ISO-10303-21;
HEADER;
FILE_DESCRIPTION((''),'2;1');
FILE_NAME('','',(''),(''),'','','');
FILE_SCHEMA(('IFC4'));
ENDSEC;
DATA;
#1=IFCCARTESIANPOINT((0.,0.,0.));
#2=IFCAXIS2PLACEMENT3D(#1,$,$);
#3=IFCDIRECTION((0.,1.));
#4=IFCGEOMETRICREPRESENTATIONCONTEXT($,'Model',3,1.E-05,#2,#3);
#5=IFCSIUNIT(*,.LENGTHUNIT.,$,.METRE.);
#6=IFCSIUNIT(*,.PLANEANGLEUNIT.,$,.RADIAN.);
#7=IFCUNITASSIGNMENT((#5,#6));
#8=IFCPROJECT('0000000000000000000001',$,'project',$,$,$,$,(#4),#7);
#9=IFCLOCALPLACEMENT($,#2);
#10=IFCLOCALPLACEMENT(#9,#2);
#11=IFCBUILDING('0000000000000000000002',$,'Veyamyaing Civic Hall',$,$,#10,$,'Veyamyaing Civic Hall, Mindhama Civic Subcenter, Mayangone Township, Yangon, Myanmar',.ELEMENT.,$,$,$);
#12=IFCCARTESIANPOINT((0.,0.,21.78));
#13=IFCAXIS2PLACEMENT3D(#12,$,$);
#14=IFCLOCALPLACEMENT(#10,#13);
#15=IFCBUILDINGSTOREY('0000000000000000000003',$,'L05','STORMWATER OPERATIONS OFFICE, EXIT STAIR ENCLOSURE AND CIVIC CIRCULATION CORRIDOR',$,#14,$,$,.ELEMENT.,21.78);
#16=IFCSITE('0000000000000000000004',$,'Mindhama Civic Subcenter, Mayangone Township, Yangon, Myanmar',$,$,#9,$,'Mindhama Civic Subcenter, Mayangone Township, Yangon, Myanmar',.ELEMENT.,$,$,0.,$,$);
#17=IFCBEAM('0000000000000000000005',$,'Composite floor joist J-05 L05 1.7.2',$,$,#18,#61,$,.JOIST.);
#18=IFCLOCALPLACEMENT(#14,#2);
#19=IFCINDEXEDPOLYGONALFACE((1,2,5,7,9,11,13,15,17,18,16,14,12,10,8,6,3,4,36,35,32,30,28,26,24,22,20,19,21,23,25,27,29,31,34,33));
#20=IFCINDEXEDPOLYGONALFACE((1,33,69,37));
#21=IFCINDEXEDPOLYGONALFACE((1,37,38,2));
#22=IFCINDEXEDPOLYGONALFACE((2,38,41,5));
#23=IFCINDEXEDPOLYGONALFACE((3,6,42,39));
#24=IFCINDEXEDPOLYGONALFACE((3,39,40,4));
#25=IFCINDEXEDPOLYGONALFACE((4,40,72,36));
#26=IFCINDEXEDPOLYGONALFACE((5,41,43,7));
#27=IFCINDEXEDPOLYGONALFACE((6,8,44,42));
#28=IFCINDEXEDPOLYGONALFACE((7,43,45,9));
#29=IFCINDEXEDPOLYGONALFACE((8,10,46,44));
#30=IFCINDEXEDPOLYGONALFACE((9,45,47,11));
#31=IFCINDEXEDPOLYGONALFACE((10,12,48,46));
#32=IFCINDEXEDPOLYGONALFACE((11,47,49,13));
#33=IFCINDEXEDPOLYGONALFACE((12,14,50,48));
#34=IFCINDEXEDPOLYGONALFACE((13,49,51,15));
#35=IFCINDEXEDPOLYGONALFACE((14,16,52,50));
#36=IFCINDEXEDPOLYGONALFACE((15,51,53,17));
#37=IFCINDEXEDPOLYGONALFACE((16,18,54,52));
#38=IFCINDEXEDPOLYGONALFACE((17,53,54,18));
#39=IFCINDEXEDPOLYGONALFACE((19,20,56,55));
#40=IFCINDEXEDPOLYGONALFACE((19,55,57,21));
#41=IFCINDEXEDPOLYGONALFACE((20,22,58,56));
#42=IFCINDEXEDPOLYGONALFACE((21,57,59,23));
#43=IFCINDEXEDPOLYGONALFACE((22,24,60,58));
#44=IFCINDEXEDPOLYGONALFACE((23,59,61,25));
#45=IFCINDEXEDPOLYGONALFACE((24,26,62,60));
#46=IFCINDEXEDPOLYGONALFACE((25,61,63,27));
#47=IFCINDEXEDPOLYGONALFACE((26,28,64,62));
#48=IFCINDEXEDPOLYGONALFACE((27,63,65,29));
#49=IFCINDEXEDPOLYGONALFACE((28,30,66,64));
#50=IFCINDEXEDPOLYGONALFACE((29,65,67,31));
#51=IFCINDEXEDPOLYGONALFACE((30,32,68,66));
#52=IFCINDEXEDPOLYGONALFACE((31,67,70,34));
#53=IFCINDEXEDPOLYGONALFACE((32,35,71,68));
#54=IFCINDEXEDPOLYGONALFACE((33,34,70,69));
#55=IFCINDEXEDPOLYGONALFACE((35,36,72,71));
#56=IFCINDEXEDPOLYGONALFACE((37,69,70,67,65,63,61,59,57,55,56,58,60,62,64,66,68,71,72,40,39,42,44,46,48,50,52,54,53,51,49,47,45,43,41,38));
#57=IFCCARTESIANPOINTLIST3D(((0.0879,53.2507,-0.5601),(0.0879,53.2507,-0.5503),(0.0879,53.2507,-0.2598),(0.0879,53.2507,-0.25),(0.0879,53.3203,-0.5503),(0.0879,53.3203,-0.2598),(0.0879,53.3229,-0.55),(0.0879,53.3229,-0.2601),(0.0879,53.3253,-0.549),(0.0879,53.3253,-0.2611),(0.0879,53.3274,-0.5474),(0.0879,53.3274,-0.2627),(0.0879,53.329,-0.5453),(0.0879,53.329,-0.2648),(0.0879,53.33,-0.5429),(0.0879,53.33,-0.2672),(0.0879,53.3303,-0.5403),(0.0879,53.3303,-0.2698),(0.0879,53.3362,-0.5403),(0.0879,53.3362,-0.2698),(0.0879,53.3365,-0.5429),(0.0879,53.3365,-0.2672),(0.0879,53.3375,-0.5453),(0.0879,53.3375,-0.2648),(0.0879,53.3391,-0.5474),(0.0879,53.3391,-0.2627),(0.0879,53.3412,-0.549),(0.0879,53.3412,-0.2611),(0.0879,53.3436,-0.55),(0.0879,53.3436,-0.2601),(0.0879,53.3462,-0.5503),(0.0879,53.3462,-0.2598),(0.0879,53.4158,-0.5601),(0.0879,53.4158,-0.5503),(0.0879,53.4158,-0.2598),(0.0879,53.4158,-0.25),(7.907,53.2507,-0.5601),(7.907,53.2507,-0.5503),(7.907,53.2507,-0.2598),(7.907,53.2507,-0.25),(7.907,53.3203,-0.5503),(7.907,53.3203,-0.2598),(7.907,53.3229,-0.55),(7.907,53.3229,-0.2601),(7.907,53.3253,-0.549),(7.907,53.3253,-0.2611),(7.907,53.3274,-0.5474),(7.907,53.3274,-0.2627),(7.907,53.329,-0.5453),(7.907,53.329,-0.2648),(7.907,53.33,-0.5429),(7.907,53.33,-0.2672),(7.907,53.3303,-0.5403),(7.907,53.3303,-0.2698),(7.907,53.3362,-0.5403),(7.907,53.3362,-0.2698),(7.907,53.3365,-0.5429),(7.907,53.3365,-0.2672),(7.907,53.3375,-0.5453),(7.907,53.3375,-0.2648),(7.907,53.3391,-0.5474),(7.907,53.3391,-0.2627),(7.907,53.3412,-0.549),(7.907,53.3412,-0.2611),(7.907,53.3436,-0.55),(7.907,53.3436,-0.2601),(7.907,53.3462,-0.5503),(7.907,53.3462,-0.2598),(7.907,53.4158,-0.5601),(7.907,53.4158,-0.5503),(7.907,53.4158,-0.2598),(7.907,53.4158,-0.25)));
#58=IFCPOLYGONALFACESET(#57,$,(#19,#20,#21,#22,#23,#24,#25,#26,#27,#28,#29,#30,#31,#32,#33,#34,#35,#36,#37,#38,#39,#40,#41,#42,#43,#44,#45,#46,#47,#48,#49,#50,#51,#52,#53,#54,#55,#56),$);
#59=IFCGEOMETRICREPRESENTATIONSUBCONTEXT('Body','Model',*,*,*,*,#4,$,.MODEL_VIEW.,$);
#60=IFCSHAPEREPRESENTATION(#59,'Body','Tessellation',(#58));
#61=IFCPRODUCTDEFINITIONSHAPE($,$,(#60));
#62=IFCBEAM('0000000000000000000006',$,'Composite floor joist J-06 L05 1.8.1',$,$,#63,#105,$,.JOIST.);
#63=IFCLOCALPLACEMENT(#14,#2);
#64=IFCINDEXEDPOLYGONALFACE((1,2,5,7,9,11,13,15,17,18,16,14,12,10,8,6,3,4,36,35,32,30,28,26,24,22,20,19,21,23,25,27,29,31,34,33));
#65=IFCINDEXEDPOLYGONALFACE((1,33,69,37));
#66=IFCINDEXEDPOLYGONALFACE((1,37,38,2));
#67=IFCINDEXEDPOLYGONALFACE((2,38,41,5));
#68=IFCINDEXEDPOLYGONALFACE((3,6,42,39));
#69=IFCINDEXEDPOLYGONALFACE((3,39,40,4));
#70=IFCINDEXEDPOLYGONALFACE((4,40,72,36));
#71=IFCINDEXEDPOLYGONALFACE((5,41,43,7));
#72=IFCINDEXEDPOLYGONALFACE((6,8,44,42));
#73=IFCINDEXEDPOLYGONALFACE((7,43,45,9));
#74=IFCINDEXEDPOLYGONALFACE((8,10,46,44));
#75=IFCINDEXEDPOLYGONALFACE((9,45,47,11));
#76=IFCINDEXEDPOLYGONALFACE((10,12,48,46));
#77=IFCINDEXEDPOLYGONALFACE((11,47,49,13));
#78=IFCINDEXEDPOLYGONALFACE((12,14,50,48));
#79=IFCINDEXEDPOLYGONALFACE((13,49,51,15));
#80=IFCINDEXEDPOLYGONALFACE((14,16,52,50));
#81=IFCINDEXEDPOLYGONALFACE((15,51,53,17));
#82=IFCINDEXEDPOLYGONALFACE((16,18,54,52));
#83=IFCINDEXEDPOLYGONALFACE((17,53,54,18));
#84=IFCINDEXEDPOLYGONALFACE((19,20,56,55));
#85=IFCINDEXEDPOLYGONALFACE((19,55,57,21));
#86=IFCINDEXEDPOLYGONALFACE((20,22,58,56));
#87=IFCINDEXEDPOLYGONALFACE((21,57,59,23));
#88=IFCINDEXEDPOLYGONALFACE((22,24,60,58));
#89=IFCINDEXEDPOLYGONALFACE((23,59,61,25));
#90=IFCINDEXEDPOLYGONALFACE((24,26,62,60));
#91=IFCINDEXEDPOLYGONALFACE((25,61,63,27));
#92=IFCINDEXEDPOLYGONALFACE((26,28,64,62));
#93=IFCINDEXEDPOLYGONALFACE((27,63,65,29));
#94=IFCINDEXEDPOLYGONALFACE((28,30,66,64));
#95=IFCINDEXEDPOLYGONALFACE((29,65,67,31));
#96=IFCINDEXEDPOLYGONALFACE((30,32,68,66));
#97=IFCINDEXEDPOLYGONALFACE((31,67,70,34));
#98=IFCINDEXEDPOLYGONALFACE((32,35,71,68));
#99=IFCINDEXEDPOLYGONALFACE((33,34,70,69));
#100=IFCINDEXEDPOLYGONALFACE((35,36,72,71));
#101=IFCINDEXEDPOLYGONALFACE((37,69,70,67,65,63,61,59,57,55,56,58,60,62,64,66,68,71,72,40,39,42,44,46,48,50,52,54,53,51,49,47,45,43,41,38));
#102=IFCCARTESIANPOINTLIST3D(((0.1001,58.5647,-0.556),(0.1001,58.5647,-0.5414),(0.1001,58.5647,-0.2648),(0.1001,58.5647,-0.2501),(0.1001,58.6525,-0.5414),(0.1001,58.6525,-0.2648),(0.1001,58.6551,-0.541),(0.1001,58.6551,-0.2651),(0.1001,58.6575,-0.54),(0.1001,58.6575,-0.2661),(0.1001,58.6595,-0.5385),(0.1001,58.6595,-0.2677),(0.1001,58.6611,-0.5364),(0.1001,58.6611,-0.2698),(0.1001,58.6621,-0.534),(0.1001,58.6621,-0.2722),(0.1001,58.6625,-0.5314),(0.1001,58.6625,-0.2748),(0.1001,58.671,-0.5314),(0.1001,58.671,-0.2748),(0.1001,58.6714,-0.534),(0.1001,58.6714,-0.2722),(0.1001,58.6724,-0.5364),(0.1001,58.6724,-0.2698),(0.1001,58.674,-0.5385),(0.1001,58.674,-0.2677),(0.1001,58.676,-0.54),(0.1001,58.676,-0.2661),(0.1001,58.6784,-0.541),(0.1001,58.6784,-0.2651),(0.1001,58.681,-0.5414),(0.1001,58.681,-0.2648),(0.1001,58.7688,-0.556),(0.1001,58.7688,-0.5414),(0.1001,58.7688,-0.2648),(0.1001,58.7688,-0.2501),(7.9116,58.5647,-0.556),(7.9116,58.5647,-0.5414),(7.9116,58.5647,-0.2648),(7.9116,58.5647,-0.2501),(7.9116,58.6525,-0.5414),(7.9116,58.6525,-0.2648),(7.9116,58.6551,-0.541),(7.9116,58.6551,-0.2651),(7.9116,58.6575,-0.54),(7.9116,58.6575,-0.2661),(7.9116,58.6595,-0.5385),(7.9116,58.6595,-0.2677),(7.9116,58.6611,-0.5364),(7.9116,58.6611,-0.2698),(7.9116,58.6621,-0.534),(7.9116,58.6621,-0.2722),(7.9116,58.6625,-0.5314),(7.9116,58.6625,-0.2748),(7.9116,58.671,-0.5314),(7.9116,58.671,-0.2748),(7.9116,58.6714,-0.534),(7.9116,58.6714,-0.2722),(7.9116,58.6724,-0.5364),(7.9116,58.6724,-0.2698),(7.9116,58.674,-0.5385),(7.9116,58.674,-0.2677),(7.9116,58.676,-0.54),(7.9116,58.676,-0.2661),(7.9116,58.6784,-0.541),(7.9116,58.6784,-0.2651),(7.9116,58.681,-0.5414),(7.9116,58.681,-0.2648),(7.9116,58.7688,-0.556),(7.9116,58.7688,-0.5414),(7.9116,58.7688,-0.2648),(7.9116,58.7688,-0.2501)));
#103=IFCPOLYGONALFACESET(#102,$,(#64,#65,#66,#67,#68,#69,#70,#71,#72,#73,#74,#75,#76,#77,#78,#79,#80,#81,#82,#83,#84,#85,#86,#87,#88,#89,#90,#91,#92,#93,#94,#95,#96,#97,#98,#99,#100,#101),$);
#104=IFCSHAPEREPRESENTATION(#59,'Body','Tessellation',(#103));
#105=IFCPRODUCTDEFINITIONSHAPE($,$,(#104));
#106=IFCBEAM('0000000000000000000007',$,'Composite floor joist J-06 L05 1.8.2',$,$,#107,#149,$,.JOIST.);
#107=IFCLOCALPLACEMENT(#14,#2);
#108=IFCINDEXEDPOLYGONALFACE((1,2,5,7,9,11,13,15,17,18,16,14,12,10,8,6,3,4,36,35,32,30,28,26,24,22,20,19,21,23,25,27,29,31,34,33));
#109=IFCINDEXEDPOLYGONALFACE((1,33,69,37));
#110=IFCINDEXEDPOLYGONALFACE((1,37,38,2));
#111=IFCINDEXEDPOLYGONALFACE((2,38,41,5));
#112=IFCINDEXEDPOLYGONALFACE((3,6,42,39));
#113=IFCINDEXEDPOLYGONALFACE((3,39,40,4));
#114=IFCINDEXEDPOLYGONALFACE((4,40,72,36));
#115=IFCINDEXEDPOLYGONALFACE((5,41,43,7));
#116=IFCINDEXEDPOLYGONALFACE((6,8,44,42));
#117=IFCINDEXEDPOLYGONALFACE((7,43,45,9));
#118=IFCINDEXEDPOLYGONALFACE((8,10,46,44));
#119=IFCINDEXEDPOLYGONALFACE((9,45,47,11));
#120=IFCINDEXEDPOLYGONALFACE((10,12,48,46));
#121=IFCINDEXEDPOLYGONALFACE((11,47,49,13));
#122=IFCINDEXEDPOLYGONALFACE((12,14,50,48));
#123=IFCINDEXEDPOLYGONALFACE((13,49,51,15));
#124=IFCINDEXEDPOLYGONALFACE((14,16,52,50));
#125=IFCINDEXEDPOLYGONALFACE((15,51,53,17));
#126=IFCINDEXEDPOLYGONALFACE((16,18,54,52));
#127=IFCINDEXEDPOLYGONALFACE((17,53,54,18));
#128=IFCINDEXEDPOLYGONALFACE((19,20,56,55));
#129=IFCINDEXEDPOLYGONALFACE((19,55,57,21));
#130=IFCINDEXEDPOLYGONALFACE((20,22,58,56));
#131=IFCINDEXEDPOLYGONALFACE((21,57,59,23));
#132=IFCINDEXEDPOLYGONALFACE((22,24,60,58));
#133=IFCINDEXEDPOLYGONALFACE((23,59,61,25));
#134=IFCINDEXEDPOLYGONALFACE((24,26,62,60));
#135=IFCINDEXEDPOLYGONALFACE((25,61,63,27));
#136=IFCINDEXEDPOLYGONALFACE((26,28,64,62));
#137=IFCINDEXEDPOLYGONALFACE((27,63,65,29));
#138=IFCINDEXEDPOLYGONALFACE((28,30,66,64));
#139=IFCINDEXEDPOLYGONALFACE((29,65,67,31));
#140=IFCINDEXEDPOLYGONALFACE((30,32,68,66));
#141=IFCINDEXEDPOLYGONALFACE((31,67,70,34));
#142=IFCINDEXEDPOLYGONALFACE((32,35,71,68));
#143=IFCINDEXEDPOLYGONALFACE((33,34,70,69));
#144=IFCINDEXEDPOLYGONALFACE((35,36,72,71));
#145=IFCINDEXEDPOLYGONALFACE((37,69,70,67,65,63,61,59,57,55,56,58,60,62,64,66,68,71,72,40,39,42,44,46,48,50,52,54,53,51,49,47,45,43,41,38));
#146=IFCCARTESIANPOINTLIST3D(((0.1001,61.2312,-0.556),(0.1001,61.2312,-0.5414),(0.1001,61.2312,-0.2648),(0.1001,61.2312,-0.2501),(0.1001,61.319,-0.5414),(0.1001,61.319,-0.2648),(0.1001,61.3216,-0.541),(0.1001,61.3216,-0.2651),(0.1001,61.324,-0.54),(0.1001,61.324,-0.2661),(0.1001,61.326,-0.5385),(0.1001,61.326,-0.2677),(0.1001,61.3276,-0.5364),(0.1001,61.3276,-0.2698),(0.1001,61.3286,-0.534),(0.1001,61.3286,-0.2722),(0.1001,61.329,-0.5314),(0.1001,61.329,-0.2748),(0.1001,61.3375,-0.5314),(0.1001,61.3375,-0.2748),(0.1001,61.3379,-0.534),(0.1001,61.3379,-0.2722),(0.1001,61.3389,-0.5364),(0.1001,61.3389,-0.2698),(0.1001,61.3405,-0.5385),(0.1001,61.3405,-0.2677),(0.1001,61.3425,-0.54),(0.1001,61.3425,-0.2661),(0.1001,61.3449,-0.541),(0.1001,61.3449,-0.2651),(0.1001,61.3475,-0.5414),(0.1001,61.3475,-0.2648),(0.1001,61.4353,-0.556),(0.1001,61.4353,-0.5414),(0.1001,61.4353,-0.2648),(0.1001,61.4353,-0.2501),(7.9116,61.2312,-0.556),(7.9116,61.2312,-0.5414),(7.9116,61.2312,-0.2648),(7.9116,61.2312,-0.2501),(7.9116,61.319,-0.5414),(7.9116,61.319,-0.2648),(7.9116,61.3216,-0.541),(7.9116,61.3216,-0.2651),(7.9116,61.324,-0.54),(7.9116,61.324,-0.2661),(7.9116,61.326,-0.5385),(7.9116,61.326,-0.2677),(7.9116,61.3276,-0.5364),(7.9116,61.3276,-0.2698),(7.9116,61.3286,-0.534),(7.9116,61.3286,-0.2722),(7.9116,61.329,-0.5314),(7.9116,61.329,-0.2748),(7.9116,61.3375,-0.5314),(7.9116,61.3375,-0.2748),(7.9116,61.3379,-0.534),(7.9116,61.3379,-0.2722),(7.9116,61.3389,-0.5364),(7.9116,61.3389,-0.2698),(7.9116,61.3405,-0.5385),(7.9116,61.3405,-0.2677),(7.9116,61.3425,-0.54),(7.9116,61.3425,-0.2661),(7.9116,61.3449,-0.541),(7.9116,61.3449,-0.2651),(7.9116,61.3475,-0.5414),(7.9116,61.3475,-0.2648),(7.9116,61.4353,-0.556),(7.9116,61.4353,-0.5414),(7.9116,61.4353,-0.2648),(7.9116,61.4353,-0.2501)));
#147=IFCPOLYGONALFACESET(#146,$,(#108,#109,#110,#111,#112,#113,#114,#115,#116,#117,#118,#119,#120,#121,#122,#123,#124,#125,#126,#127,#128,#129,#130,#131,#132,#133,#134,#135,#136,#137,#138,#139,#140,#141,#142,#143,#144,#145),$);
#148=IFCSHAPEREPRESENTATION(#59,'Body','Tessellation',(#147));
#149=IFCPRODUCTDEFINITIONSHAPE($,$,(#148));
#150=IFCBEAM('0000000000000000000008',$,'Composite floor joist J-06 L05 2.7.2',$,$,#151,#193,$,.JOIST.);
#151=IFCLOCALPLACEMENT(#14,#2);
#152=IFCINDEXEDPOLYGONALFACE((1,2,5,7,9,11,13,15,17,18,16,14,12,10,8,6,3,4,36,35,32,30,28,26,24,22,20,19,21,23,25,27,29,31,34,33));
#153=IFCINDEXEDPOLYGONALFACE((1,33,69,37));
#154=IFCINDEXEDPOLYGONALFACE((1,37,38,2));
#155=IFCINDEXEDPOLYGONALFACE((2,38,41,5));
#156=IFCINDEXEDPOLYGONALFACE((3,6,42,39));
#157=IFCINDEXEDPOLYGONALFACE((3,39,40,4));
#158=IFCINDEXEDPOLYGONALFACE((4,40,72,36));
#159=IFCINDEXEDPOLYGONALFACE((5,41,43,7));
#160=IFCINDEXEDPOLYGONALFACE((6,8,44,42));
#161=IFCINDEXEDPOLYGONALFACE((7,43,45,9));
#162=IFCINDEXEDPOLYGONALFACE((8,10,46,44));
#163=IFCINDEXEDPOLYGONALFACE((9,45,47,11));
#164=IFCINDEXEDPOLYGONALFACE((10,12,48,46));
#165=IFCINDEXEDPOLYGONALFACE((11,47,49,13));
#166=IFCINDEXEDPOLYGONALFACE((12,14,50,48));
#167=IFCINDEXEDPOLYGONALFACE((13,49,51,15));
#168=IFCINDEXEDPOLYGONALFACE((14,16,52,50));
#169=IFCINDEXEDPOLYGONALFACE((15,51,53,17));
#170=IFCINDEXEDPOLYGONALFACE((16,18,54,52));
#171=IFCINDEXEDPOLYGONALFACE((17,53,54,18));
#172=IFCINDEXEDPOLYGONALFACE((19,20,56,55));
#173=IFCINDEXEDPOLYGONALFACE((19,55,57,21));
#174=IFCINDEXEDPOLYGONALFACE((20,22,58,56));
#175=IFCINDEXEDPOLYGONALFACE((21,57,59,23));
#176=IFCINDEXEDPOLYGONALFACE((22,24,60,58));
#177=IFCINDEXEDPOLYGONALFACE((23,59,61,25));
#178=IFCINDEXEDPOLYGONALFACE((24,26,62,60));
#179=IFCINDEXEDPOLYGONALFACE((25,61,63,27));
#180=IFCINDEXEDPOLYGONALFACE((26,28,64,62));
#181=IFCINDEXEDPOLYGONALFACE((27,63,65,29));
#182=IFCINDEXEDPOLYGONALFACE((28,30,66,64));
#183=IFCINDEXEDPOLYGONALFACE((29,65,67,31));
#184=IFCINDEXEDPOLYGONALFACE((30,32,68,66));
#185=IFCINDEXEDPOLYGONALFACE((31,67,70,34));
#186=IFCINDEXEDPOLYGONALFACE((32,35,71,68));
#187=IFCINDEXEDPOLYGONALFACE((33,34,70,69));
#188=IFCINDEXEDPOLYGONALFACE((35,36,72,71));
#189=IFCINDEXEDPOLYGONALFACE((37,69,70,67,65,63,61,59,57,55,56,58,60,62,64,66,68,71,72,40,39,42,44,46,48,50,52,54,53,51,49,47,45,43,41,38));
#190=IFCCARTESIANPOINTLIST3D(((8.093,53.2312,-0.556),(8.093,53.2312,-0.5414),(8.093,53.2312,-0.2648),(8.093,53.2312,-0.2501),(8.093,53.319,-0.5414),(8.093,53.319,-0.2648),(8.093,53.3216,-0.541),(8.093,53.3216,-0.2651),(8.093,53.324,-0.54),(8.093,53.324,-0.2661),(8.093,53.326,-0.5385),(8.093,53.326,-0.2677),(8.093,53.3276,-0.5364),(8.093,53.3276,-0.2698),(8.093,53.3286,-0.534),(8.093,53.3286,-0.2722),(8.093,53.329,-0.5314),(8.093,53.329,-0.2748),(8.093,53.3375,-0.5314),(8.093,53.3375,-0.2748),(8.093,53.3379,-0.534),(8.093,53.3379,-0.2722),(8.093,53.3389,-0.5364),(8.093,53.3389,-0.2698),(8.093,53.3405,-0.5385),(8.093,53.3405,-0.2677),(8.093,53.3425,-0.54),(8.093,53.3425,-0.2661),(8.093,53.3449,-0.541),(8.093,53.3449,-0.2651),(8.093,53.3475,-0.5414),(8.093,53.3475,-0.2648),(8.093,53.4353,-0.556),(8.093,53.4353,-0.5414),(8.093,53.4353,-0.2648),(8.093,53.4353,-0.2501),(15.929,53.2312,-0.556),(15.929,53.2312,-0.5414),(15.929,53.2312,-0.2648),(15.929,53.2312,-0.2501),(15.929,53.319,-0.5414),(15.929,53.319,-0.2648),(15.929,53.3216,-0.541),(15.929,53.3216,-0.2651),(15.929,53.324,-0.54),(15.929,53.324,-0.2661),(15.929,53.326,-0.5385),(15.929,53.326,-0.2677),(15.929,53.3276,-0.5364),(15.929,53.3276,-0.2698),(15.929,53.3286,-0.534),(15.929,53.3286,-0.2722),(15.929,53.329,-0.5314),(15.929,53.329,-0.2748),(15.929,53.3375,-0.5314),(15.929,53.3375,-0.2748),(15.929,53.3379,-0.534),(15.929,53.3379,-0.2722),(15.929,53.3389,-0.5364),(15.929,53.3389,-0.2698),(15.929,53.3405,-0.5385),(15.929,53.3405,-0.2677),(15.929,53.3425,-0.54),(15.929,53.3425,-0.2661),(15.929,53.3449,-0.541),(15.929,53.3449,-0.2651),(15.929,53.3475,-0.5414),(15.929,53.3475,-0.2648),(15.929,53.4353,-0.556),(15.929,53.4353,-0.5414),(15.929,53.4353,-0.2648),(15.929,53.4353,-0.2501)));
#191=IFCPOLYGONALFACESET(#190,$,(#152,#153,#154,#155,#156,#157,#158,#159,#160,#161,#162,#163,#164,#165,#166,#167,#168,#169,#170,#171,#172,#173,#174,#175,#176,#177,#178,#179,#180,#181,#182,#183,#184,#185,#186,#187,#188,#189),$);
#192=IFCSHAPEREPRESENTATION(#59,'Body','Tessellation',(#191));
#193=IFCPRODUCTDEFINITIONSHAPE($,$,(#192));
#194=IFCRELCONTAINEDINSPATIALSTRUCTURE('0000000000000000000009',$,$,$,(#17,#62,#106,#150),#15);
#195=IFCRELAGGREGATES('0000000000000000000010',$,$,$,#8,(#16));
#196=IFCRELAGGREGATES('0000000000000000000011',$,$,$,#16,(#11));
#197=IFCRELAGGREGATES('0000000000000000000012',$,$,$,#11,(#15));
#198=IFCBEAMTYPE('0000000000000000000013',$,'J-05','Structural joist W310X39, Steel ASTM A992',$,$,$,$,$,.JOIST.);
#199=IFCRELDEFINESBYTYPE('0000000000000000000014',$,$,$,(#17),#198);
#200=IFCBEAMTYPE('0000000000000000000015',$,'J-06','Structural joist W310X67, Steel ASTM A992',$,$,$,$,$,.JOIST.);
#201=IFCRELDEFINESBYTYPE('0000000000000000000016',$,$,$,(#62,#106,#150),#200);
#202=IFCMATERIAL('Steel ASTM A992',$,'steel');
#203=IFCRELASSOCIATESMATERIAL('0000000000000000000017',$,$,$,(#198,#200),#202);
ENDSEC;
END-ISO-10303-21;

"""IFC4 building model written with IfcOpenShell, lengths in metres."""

from ifc_helpers import new_model, si_unit, direction, frame, origin, origin_2d, place, context, subcontext, project, spatial, i_section, extrude, material, material_profile, profile_set, type_object, element, save


model = new_model("IFC4")

# Units and contexts
model_context = context("Model", 3, precision=1e-05, world=origin(), true_north=direction((0.0, 1.0)))
body_context = subcontext(model_context, "Body", "Model", "MODEL_VIEW")
ifc_project = project(units=[si_unit("LENGTHUNIT", "METRE"), si_unit("PLANEANGLEUNIT", "RADIAN")], contexts=[model_context])

# Site, building, storey
site_placement = place(None, origin())
site = spatial("IfcSite", under=ifc_project, at=site_placement, Name="Mindhama Civic Subcenter, Mayangone Township, Yangon, Myanmar", LongName="Mindhama Civic Subcenter, Mayangone Township, Yangon, Myanmar", CompositionType="ELEMENT", RefElevation=0.0)
building_placement = place(site_placement, origin())
building = spatial("IfcBuilding", under=site, at=building_placement, Name="Veyamyaing Civic Hall", LongName="Veyamyaing Civic Hall, Mindhama Civic Subcenter, Mayangone Township, Yangon, Myanmar", CompositionType="ELEMENT")
storey_placement = place(building_placement, frame((0.0, 0.0, 21.78)))
storey = spatial("IfcBuildingStorey", under=building, at=storey_placement, Name="L05", Description="STORMWATER OPERATIONS OFFICE, EXIT STAIR ENCLOSURE AND CIVIC CIRCULATION CORRIDOR", CompositionType="ELEMENT", Elevation=21.78)

# Beams
ifc_material_1 = material(Name="Steel ASTM A992", Category="steel")
ifc_material_profile_1 = material_profile(ifc_material_1, i_section(OverallWidth=0.165, OverallDepth=0.3101, WebThickness=0.0059, FlangeThickness=0.0098, FilletRadius=0.01, at=origin_2d()), Name="W310X39")
ifc_profile_set_1 = profile_set([ifc_material_profile_1], Name="Steel ASTM A992")
beam_type_1 = type_object("IfcBeamType", Name="J-05", Description="Structural joist W310X39, Steel ASTM A992", PredefinedType="JOIST", material=ifc_profile_set_1)
beam_1_placement = place(storey_placement, frame((0.0879, 53.3333, -0.405), z_axis=(1.0, 0.0, 0.0), x_axis=(0.0, 1.0, 0.0)))
element("IfcBeam", 1, at=beam_1_placement, inside=storey, type_object=beam_type_1, Name="Composite floor joist J-05 L05 1.7.2", PredefinedType="JOIST", context=body_context, shape_type="SweptSolid", body=[
    extrude(i_section(OverallWidth=0.165, OverallDepth=0.3101, WebThickness=0.0059, FlangeThickness=0.0098, FilletRadius=0.01, at=origin_2d()), origin(), (0.0, 0.0, 1.0), 7.8191),
])
ifc_material_profile_2 = material_profile(ifc_material_1, i_section(OverallWidth=0.2041, OverallDepth=0.3059, WebThickness=0.0085, FlangeThickness=0.0146, FilletRadius=0.01, at=origin_2d()), Name="W310X67")
ifc_profile_set_2 = profile_set([ifc_material_profile_2], Name="Steel ASTM A992")
beam_type_2 = type_object("IfcBeamType", Name="J-06", Description="Structural joist W310X67, Steel ASTM A992", PredefinedType="JOIST", material=ifc_profile_set_2)
for number, where, z_axis, x_axis, name in (
    (2, (0.1001, 58.6667, -0.4031), (1.0, 0.0, 0.0), (0.0, 1.0, 0.0), "Composite floor joist J-06 L05 1.8.1"),
    (3, (0.1001, 61.3333, -0.4031), (1.0, 0.0, 0.0), (0.0, 1.0, 0.0), "Composite floor joist J-06 L05 1.8.2"),
):
    element("IfcBeam", number, at=place(storey_placement, frame(where, z_axis=z_axis, x_axis=x_axis)), inside=storey, type_object=beam_type_2, Name=name, PredefinedType="JOIST", context=body_context, shape_type="SweptSolid", body=[
        extrude(i_section(OverallWidth=0.2041, OverallDepth=0.3059, WebThickness=0.0085, FlangeThickness=0.0146, FilletRadius=0.01, at=origin_2d()), origin(), (0.0, 0.0, 1.0), 7.8115),
    ])
beam_2_placement = place(storey_placement, frame((8.093, 53.3333, -0.4031), z_axis=(1.0, 0.0, 0.0), x_axis=(0.0, 1.0, 0.0)))
element("IfcBeam", 4, at=beam_2_placement, inside=storey, type_object=beam_type_2, Name="Composite floor joist J-06 L05 2.7.2", PredefinedType="JOIST", context=body_context, shape_type="SweptSolid", body=[
    extrude(i_section(OverallWidth=0.2041, OverallDepth=0.3059, WebThickness=0.0085, FlangeThickness=0.0146, FilletRadius=0.01, at=origin_2d()), origin(), (0.0, 0.0, 1.0), 7.8359),
])

save(model, "model.ifc")
